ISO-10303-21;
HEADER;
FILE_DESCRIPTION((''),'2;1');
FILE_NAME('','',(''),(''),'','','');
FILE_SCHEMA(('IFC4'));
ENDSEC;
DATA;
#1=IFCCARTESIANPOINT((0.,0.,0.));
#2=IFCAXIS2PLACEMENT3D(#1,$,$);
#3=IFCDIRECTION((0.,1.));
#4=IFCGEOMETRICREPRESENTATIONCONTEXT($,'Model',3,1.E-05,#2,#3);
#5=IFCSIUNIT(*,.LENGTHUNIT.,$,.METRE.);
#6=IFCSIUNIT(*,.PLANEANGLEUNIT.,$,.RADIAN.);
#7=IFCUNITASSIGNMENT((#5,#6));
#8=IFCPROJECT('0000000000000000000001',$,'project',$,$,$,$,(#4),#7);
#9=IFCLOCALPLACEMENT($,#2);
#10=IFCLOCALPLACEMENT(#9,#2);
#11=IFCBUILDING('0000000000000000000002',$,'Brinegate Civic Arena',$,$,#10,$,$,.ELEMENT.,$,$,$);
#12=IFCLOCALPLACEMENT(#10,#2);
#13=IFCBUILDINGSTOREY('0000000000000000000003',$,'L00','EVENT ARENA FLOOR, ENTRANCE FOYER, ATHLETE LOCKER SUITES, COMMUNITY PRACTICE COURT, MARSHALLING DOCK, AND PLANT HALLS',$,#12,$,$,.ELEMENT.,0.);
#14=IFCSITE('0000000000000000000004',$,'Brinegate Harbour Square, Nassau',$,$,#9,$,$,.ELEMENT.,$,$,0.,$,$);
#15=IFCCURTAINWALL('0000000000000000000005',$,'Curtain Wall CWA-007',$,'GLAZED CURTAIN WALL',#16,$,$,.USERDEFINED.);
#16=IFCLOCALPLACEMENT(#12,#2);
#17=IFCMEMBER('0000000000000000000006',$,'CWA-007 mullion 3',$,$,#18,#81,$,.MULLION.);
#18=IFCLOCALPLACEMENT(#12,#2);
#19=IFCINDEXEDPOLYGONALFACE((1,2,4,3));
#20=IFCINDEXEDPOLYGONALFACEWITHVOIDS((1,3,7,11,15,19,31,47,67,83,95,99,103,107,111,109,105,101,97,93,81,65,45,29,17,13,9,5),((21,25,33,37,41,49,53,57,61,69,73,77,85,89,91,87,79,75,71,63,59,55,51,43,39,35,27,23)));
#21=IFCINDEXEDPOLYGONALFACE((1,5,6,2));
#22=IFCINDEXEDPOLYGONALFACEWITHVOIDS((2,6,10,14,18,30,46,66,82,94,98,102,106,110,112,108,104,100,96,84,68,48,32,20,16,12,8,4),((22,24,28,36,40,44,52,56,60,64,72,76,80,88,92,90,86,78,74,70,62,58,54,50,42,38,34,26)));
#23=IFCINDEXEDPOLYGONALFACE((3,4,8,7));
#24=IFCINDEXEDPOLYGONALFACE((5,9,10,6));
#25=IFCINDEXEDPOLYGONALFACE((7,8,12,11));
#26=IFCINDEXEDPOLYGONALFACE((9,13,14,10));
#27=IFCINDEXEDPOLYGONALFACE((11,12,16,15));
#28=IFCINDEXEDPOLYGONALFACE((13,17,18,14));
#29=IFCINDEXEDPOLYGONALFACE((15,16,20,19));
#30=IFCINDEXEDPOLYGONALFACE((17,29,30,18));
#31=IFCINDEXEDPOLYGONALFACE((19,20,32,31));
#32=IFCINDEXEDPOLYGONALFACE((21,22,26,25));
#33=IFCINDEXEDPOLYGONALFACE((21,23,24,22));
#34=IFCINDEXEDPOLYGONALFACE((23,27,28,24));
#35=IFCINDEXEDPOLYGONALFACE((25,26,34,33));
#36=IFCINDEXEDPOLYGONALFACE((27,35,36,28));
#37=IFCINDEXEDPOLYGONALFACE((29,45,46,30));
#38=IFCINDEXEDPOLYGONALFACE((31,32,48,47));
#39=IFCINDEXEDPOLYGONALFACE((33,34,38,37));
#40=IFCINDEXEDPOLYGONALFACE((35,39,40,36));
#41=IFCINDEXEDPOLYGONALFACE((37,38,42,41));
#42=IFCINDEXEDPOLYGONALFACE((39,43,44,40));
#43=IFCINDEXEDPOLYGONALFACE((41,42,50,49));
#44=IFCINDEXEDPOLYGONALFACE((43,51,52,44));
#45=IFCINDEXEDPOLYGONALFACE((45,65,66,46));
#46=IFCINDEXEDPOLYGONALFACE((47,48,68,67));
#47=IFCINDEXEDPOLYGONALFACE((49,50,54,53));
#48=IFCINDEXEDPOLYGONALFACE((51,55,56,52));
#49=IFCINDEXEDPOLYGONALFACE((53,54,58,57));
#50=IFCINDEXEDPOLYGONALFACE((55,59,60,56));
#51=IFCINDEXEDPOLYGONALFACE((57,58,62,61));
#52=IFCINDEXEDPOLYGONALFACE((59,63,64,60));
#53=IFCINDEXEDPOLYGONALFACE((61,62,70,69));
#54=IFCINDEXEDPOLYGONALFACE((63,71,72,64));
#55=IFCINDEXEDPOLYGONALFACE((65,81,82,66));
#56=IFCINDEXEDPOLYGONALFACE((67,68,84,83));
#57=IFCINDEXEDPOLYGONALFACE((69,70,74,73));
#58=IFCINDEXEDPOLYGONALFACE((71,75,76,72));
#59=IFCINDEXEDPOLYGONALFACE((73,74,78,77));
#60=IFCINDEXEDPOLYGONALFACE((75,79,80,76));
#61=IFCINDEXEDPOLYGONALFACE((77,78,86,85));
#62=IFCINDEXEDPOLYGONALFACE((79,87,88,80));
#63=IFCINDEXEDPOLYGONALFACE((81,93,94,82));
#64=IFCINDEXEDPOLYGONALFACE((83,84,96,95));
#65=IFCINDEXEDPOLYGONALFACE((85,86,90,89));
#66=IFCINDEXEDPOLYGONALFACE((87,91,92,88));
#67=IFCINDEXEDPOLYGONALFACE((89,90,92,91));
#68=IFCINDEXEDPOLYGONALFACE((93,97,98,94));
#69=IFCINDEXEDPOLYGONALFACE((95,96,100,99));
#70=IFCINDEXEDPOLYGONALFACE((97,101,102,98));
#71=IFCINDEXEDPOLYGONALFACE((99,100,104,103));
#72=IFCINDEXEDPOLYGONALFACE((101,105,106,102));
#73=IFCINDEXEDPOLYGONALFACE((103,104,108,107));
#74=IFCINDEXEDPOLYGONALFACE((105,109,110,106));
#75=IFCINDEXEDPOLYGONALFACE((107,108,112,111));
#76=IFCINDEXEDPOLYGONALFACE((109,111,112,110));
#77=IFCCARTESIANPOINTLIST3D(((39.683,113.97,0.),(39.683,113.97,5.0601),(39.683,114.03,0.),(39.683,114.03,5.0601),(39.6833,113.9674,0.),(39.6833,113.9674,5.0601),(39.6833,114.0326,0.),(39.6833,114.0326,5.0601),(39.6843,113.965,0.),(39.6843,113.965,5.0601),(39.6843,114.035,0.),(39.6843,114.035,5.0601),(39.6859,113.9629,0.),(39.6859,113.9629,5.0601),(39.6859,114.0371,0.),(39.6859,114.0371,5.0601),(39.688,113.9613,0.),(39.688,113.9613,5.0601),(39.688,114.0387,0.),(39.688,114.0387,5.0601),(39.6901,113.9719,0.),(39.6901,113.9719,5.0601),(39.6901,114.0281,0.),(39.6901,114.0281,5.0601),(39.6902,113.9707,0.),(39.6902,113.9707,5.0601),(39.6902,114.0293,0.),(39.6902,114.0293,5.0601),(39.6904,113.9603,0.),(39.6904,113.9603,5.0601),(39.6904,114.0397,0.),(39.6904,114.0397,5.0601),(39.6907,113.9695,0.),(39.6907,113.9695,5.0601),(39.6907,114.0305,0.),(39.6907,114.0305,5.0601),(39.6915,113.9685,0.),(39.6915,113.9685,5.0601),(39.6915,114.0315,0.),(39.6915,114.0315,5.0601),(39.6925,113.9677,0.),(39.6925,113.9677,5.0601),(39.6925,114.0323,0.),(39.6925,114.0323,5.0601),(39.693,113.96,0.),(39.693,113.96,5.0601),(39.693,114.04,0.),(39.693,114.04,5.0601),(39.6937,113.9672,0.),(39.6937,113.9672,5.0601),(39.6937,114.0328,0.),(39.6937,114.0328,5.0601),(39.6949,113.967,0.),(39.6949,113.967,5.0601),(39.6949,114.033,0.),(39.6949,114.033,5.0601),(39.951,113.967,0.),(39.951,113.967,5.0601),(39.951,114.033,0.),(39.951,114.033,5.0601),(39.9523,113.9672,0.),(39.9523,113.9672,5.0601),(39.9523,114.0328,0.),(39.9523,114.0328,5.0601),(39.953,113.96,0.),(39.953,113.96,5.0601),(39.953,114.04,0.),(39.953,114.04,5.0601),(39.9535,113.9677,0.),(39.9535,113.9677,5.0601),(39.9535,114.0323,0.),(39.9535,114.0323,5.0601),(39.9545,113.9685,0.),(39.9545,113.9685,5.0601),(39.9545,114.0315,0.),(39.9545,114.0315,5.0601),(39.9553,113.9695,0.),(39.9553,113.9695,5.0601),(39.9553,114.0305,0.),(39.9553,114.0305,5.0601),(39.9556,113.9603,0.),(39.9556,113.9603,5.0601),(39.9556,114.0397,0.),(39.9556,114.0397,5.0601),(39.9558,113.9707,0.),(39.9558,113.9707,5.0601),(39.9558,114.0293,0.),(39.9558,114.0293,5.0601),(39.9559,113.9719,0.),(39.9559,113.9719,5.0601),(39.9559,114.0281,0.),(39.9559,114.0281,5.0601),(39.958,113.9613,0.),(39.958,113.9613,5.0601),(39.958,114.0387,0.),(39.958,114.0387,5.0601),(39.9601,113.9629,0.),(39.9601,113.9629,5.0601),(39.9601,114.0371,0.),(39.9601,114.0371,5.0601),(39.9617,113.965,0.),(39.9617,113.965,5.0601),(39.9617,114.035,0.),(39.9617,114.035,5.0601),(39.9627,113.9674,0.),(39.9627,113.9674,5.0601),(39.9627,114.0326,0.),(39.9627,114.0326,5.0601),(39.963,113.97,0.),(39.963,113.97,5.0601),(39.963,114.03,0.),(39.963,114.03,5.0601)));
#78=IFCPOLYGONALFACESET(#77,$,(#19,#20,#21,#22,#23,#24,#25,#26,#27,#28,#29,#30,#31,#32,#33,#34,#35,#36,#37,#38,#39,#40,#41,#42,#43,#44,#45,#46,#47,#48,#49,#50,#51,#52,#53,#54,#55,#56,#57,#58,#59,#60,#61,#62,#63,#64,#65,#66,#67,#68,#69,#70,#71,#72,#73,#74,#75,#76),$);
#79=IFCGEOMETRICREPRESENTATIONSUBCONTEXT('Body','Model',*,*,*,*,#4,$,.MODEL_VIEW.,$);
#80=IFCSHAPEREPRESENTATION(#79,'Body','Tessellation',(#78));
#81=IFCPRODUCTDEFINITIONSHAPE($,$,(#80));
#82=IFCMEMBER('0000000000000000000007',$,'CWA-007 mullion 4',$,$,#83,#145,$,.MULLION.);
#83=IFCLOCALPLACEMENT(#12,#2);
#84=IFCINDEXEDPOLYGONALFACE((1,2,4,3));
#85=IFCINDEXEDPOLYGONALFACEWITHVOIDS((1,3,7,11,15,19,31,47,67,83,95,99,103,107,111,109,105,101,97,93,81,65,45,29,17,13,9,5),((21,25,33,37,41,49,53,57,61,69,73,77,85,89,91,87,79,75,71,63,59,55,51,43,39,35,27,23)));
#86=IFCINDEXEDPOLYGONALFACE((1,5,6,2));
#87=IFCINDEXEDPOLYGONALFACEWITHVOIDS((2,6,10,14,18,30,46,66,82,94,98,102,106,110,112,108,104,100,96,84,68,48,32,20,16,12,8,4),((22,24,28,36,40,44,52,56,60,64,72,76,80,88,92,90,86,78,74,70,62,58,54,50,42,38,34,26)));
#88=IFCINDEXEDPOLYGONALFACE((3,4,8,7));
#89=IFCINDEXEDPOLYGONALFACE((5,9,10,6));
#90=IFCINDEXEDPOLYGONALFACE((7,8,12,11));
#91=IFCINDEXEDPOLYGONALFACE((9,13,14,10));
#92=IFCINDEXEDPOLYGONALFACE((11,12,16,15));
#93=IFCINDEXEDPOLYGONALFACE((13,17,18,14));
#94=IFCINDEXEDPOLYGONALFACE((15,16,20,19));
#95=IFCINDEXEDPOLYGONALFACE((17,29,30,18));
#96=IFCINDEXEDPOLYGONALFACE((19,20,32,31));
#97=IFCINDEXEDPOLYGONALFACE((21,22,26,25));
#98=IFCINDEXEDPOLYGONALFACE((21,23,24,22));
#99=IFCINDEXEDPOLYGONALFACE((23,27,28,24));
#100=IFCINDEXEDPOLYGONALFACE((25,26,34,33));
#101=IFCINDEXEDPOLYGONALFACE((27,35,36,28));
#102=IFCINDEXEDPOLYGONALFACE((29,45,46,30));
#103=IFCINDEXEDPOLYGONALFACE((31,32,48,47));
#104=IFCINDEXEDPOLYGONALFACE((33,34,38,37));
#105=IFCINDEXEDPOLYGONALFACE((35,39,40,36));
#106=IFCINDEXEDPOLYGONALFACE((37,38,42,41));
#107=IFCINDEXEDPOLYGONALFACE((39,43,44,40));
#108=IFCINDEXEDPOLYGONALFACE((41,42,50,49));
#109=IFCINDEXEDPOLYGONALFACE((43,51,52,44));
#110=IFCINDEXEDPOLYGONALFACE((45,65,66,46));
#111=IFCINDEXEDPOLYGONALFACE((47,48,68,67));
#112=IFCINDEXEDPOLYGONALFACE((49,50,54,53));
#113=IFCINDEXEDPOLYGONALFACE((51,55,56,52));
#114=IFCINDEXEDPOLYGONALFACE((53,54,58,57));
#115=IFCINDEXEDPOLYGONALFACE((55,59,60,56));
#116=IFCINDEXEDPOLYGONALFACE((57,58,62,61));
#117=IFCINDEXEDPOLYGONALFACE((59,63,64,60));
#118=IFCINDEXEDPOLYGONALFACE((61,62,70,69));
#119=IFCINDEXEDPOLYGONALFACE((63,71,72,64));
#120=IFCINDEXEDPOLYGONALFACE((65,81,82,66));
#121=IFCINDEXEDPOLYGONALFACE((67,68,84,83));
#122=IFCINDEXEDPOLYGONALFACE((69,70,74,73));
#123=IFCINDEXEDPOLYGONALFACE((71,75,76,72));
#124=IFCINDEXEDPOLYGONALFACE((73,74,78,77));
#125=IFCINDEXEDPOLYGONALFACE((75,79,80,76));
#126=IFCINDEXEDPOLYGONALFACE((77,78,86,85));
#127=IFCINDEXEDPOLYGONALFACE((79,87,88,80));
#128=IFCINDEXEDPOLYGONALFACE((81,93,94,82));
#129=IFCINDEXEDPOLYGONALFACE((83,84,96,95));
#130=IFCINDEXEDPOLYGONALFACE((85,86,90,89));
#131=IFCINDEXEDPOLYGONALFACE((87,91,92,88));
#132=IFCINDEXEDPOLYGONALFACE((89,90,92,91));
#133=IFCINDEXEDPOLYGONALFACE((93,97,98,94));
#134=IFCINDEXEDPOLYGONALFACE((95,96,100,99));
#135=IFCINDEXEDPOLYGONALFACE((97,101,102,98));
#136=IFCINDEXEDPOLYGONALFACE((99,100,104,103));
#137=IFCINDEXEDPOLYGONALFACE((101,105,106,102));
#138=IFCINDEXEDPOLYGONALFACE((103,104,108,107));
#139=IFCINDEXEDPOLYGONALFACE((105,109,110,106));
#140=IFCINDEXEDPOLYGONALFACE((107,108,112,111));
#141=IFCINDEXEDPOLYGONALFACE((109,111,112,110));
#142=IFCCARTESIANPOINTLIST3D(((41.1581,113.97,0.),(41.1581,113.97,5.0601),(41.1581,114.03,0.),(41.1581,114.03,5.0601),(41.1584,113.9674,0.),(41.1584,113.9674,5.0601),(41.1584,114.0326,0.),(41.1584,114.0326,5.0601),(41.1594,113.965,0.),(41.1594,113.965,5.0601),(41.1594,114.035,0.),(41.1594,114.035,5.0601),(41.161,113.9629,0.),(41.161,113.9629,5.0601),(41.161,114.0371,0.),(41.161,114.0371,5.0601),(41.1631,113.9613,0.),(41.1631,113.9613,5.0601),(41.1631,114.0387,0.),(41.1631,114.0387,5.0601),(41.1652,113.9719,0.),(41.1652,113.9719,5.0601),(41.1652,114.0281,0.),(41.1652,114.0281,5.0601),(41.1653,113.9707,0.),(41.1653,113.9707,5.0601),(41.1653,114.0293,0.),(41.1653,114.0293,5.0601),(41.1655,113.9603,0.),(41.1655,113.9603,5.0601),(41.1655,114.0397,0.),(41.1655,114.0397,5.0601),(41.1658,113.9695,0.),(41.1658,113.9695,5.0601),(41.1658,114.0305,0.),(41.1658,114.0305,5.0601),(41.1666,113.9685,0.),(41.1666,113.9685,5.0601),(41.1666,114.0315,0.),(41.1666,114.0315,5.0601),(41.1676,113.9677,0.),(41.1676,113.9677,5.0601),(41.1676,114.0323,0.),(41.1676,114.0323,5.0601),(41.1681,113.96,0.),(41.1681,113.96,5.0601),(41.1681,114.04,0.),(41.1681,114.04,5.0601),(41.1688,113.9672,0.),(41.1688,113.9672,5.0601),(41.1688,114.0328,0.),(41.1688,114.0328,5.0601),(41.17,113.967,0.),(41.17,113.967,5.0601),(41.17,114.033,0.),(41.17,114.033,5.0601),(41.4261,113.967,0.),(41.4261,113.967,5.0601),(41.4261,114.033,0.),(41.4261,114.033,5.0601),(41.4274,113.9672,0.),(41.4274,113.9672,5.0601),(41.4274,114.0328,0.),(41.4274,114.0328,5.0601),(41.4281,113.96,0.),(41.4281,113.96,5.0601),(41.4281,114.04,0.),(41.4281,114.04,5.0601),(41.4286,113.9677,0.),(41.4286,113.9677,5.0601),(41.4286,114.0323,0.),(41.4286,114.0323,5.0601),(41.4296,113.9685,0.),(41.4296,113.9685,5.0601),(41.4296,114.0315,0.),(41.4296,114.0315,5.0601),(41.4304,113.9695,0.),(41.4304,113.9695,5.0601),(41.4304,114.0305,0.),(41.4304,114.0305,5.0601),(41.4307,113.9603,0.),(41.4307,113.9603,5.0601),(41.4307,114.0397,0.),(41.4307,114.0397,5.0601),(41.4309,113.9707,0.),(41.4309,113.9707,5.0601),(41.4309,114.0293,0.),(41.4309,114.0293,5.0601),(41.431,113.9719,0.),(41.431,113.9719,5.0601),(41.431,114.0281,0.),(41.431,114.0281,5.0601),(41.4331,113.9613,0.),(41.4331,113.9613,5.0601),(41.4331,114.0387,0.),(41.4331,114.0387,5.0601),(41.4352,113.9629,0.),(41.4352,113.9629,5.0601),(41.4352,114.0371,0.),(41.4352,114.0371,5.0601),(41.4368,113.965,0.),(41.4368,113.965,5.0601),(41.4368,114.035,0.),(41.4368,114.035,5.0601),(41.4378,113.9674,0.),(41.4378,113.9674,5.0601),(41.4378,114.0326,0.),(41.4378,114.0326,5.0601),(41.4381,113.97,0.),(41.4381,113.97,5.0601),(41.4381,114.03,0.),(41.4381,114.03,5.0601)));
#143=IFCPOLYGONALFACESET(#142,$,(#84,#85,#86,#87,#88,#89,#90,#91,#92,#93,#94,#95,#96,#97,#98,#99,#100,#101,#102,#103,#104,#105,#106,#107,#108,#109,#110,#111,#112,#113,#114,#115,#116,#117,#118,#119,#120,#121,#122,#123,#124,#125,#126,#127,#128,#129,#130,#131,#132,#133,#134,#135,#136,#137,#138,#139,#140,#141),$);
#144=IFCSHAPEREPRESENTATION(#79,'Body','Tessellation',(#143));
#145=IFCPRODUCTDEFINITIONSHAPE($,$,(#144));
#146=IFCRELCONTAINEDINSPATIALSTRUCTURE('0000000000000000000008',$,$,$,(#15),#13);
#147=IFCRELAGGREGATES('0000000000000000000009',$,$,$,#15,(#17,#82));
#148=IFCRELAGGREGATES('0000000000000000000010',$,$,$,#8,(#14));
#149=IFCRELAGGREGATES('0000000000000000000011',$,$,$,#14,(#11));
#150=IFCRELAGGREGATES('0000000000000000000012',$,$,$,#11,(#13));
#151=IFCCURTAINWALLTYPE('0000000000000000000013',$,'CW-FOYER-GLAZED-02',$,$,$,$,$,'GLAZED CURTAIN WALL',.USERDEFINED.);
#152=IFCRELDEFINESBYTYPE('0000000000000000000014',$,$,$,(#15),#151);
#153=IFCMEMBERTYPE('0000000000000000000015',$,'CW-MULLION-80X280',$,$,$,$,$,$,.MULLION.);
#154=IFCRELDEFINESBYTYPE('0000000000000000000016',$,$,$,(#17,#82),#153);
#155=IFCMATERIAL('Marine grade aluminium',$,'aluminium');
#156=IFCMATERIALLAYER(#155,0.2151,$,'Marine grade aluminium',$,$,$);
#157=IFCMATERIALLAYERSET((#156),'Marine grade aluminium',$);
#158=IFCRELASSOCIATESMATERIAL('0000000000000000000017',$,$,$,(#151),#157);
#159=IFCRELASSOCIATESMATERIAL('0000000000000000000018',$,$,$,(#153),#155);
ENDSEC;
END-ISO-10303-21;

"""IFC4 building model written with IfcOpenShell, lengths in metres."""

from ifc_helpers import new_model, si_unit, direction, frame, origin, origin_2d, place, context, subcontext, project, spatial, hollow_rectangle, extrude, material, layer, layer_set, material_profile, profile_set, type_object, element, aggregate, save


model = new_model("IFC4")

# Units and contexts
model_context = context("Model", 3, precision=1e-05, world=origin(), true_north=direction((0.0, 1.0)))
body_context = subcontext(model_context, "Body", "Model", "MODEL_VIEW")
ifc_project = project(units=[si_unit("LENGTHUNIT", "METRE"), si_unit("PLANEANGLEUNIT", "RADIAN")], contexts=[model_context])

# Site, building, storey
site_placement = place(None, origin())
site = spatial("IfcSite", under=ifc_project, at=site_placement, Name="Brinegate Harbour Square, Nassau", CompositionType="ELEMENT", RefElevation=0.0)
building_placement = place(site_placement, origin())
building = spatial("IfcBuilding", under=site, at=building_placement, Name="Brinegate Civic Arena", CompositionType="ELEMENT")
storey_placement = place(building_placement, origin())
storey = spatial("IfcBuildingStorey", under=building, at=storey_placement, Name="L00", Description="EVENT ARENA FLOOR, ENTRANCE FOYER, ATHLETE LOCKER SUITES, COMMUNITY PRACTICE COURT, MARSHALLING DOCK, AND PLANT HALLS", CompositionType="ELEMENT", Elevation=0.0)

# Curtain wall, members
ifc_material_1 = material(Name="Marine grade aluminium", Category="aluminium")
ifc_layer_1 = layer(ifc_material_1, 0.2151, Name="Marine grade aluminium")
ifc_layer_set_1 = layer_set([ifc_layer_1], Name="Marine grade aluminium")
curtain_wall_type = type_object("IfcCurtainWallType", Name="CW-FOYER-GLAZED-02", ElementType="GLAZED CURTAIN WALL", PredefinedType="USERDEFINED", material=ifc_layer_set_1)
curtain_wall_placement = place(storey_placement, origin())
curtain_wall = element("IfcCurtainWall", 1, at=curtain_wall_placement, inside=storey, type_object=curtain_wall_type, Name="Curtain Wall CWA-007", ObjectType="GLAZED CURTAIN WALL", PredefinedType="USERDEFINED")
ifc_material_profile_1 = material_profile(ifc_material_1, hollow_rectangle(XDim=0.0801, YDim=0.28, WallThickness=0.0071, InnerFilletRadius=0.0049, OuterFilletRadius=0.01, at=origin_2d()), Name="MUL80X280")
ifc_profile_set_1 = profile_set([ifc_material_profile_1], Name="Marine grade aluminium")
member_type_1 = type_object("IfcMemberType", Name="CW-MULLION-80X280", PredefinedType="MULLION", material=ifc_profile_set_1)
member_1_placement = place(storey_placement, frame((39.823, 114.0, 0.0), z_axis=(0.0, 0.0, 1.0), x_axis=(0.0, 1.0, 0.0)))
member_1 = element("IfcMember", 2, at=member_1_placement, type_object=member_type_1, Name="CWA-007 mullion 3", PredefinedType="MULLION", context=body_context, shape_type="SweptSolid", body=[
    extrude(hollow_rectangle(XDim=0.0801, YDim=0.28, WallThickness=0.0071, InnerFilletRadius=0.0049, OuterFilletRadius=0.01, at=origin_2d()), origin(), (0.0, 0.0, 1.0), 5.0601),
])
member_2_placement = place(storey_placement, frame((41.2981, 114.0, 0.0), z_axis=(0.0, 0.0, 1.0), x_axis=(0.0, 1.0, 0.0)))
member_2 = element("IfcMember", 3, at=member_2_placement, type_object=member_type_1, Name="CWA-007 mullion 4", PredefinedType="MULLION", context=body_context, shape_type="SweptSolid", body=[
    extrude(hollow_rectangle(XDim=0.0801, YDim=0.28, WallThickness=0.0071, InnerFilletRadius=0.0049, OuterFilletRadius=0.01, at=origin_2d()), origin(), (0.0, 0.0, 1.0), 5.0601),
])
aggregate(curtain_wall, [member_1, member_2])

save(model, "model.ifc")
